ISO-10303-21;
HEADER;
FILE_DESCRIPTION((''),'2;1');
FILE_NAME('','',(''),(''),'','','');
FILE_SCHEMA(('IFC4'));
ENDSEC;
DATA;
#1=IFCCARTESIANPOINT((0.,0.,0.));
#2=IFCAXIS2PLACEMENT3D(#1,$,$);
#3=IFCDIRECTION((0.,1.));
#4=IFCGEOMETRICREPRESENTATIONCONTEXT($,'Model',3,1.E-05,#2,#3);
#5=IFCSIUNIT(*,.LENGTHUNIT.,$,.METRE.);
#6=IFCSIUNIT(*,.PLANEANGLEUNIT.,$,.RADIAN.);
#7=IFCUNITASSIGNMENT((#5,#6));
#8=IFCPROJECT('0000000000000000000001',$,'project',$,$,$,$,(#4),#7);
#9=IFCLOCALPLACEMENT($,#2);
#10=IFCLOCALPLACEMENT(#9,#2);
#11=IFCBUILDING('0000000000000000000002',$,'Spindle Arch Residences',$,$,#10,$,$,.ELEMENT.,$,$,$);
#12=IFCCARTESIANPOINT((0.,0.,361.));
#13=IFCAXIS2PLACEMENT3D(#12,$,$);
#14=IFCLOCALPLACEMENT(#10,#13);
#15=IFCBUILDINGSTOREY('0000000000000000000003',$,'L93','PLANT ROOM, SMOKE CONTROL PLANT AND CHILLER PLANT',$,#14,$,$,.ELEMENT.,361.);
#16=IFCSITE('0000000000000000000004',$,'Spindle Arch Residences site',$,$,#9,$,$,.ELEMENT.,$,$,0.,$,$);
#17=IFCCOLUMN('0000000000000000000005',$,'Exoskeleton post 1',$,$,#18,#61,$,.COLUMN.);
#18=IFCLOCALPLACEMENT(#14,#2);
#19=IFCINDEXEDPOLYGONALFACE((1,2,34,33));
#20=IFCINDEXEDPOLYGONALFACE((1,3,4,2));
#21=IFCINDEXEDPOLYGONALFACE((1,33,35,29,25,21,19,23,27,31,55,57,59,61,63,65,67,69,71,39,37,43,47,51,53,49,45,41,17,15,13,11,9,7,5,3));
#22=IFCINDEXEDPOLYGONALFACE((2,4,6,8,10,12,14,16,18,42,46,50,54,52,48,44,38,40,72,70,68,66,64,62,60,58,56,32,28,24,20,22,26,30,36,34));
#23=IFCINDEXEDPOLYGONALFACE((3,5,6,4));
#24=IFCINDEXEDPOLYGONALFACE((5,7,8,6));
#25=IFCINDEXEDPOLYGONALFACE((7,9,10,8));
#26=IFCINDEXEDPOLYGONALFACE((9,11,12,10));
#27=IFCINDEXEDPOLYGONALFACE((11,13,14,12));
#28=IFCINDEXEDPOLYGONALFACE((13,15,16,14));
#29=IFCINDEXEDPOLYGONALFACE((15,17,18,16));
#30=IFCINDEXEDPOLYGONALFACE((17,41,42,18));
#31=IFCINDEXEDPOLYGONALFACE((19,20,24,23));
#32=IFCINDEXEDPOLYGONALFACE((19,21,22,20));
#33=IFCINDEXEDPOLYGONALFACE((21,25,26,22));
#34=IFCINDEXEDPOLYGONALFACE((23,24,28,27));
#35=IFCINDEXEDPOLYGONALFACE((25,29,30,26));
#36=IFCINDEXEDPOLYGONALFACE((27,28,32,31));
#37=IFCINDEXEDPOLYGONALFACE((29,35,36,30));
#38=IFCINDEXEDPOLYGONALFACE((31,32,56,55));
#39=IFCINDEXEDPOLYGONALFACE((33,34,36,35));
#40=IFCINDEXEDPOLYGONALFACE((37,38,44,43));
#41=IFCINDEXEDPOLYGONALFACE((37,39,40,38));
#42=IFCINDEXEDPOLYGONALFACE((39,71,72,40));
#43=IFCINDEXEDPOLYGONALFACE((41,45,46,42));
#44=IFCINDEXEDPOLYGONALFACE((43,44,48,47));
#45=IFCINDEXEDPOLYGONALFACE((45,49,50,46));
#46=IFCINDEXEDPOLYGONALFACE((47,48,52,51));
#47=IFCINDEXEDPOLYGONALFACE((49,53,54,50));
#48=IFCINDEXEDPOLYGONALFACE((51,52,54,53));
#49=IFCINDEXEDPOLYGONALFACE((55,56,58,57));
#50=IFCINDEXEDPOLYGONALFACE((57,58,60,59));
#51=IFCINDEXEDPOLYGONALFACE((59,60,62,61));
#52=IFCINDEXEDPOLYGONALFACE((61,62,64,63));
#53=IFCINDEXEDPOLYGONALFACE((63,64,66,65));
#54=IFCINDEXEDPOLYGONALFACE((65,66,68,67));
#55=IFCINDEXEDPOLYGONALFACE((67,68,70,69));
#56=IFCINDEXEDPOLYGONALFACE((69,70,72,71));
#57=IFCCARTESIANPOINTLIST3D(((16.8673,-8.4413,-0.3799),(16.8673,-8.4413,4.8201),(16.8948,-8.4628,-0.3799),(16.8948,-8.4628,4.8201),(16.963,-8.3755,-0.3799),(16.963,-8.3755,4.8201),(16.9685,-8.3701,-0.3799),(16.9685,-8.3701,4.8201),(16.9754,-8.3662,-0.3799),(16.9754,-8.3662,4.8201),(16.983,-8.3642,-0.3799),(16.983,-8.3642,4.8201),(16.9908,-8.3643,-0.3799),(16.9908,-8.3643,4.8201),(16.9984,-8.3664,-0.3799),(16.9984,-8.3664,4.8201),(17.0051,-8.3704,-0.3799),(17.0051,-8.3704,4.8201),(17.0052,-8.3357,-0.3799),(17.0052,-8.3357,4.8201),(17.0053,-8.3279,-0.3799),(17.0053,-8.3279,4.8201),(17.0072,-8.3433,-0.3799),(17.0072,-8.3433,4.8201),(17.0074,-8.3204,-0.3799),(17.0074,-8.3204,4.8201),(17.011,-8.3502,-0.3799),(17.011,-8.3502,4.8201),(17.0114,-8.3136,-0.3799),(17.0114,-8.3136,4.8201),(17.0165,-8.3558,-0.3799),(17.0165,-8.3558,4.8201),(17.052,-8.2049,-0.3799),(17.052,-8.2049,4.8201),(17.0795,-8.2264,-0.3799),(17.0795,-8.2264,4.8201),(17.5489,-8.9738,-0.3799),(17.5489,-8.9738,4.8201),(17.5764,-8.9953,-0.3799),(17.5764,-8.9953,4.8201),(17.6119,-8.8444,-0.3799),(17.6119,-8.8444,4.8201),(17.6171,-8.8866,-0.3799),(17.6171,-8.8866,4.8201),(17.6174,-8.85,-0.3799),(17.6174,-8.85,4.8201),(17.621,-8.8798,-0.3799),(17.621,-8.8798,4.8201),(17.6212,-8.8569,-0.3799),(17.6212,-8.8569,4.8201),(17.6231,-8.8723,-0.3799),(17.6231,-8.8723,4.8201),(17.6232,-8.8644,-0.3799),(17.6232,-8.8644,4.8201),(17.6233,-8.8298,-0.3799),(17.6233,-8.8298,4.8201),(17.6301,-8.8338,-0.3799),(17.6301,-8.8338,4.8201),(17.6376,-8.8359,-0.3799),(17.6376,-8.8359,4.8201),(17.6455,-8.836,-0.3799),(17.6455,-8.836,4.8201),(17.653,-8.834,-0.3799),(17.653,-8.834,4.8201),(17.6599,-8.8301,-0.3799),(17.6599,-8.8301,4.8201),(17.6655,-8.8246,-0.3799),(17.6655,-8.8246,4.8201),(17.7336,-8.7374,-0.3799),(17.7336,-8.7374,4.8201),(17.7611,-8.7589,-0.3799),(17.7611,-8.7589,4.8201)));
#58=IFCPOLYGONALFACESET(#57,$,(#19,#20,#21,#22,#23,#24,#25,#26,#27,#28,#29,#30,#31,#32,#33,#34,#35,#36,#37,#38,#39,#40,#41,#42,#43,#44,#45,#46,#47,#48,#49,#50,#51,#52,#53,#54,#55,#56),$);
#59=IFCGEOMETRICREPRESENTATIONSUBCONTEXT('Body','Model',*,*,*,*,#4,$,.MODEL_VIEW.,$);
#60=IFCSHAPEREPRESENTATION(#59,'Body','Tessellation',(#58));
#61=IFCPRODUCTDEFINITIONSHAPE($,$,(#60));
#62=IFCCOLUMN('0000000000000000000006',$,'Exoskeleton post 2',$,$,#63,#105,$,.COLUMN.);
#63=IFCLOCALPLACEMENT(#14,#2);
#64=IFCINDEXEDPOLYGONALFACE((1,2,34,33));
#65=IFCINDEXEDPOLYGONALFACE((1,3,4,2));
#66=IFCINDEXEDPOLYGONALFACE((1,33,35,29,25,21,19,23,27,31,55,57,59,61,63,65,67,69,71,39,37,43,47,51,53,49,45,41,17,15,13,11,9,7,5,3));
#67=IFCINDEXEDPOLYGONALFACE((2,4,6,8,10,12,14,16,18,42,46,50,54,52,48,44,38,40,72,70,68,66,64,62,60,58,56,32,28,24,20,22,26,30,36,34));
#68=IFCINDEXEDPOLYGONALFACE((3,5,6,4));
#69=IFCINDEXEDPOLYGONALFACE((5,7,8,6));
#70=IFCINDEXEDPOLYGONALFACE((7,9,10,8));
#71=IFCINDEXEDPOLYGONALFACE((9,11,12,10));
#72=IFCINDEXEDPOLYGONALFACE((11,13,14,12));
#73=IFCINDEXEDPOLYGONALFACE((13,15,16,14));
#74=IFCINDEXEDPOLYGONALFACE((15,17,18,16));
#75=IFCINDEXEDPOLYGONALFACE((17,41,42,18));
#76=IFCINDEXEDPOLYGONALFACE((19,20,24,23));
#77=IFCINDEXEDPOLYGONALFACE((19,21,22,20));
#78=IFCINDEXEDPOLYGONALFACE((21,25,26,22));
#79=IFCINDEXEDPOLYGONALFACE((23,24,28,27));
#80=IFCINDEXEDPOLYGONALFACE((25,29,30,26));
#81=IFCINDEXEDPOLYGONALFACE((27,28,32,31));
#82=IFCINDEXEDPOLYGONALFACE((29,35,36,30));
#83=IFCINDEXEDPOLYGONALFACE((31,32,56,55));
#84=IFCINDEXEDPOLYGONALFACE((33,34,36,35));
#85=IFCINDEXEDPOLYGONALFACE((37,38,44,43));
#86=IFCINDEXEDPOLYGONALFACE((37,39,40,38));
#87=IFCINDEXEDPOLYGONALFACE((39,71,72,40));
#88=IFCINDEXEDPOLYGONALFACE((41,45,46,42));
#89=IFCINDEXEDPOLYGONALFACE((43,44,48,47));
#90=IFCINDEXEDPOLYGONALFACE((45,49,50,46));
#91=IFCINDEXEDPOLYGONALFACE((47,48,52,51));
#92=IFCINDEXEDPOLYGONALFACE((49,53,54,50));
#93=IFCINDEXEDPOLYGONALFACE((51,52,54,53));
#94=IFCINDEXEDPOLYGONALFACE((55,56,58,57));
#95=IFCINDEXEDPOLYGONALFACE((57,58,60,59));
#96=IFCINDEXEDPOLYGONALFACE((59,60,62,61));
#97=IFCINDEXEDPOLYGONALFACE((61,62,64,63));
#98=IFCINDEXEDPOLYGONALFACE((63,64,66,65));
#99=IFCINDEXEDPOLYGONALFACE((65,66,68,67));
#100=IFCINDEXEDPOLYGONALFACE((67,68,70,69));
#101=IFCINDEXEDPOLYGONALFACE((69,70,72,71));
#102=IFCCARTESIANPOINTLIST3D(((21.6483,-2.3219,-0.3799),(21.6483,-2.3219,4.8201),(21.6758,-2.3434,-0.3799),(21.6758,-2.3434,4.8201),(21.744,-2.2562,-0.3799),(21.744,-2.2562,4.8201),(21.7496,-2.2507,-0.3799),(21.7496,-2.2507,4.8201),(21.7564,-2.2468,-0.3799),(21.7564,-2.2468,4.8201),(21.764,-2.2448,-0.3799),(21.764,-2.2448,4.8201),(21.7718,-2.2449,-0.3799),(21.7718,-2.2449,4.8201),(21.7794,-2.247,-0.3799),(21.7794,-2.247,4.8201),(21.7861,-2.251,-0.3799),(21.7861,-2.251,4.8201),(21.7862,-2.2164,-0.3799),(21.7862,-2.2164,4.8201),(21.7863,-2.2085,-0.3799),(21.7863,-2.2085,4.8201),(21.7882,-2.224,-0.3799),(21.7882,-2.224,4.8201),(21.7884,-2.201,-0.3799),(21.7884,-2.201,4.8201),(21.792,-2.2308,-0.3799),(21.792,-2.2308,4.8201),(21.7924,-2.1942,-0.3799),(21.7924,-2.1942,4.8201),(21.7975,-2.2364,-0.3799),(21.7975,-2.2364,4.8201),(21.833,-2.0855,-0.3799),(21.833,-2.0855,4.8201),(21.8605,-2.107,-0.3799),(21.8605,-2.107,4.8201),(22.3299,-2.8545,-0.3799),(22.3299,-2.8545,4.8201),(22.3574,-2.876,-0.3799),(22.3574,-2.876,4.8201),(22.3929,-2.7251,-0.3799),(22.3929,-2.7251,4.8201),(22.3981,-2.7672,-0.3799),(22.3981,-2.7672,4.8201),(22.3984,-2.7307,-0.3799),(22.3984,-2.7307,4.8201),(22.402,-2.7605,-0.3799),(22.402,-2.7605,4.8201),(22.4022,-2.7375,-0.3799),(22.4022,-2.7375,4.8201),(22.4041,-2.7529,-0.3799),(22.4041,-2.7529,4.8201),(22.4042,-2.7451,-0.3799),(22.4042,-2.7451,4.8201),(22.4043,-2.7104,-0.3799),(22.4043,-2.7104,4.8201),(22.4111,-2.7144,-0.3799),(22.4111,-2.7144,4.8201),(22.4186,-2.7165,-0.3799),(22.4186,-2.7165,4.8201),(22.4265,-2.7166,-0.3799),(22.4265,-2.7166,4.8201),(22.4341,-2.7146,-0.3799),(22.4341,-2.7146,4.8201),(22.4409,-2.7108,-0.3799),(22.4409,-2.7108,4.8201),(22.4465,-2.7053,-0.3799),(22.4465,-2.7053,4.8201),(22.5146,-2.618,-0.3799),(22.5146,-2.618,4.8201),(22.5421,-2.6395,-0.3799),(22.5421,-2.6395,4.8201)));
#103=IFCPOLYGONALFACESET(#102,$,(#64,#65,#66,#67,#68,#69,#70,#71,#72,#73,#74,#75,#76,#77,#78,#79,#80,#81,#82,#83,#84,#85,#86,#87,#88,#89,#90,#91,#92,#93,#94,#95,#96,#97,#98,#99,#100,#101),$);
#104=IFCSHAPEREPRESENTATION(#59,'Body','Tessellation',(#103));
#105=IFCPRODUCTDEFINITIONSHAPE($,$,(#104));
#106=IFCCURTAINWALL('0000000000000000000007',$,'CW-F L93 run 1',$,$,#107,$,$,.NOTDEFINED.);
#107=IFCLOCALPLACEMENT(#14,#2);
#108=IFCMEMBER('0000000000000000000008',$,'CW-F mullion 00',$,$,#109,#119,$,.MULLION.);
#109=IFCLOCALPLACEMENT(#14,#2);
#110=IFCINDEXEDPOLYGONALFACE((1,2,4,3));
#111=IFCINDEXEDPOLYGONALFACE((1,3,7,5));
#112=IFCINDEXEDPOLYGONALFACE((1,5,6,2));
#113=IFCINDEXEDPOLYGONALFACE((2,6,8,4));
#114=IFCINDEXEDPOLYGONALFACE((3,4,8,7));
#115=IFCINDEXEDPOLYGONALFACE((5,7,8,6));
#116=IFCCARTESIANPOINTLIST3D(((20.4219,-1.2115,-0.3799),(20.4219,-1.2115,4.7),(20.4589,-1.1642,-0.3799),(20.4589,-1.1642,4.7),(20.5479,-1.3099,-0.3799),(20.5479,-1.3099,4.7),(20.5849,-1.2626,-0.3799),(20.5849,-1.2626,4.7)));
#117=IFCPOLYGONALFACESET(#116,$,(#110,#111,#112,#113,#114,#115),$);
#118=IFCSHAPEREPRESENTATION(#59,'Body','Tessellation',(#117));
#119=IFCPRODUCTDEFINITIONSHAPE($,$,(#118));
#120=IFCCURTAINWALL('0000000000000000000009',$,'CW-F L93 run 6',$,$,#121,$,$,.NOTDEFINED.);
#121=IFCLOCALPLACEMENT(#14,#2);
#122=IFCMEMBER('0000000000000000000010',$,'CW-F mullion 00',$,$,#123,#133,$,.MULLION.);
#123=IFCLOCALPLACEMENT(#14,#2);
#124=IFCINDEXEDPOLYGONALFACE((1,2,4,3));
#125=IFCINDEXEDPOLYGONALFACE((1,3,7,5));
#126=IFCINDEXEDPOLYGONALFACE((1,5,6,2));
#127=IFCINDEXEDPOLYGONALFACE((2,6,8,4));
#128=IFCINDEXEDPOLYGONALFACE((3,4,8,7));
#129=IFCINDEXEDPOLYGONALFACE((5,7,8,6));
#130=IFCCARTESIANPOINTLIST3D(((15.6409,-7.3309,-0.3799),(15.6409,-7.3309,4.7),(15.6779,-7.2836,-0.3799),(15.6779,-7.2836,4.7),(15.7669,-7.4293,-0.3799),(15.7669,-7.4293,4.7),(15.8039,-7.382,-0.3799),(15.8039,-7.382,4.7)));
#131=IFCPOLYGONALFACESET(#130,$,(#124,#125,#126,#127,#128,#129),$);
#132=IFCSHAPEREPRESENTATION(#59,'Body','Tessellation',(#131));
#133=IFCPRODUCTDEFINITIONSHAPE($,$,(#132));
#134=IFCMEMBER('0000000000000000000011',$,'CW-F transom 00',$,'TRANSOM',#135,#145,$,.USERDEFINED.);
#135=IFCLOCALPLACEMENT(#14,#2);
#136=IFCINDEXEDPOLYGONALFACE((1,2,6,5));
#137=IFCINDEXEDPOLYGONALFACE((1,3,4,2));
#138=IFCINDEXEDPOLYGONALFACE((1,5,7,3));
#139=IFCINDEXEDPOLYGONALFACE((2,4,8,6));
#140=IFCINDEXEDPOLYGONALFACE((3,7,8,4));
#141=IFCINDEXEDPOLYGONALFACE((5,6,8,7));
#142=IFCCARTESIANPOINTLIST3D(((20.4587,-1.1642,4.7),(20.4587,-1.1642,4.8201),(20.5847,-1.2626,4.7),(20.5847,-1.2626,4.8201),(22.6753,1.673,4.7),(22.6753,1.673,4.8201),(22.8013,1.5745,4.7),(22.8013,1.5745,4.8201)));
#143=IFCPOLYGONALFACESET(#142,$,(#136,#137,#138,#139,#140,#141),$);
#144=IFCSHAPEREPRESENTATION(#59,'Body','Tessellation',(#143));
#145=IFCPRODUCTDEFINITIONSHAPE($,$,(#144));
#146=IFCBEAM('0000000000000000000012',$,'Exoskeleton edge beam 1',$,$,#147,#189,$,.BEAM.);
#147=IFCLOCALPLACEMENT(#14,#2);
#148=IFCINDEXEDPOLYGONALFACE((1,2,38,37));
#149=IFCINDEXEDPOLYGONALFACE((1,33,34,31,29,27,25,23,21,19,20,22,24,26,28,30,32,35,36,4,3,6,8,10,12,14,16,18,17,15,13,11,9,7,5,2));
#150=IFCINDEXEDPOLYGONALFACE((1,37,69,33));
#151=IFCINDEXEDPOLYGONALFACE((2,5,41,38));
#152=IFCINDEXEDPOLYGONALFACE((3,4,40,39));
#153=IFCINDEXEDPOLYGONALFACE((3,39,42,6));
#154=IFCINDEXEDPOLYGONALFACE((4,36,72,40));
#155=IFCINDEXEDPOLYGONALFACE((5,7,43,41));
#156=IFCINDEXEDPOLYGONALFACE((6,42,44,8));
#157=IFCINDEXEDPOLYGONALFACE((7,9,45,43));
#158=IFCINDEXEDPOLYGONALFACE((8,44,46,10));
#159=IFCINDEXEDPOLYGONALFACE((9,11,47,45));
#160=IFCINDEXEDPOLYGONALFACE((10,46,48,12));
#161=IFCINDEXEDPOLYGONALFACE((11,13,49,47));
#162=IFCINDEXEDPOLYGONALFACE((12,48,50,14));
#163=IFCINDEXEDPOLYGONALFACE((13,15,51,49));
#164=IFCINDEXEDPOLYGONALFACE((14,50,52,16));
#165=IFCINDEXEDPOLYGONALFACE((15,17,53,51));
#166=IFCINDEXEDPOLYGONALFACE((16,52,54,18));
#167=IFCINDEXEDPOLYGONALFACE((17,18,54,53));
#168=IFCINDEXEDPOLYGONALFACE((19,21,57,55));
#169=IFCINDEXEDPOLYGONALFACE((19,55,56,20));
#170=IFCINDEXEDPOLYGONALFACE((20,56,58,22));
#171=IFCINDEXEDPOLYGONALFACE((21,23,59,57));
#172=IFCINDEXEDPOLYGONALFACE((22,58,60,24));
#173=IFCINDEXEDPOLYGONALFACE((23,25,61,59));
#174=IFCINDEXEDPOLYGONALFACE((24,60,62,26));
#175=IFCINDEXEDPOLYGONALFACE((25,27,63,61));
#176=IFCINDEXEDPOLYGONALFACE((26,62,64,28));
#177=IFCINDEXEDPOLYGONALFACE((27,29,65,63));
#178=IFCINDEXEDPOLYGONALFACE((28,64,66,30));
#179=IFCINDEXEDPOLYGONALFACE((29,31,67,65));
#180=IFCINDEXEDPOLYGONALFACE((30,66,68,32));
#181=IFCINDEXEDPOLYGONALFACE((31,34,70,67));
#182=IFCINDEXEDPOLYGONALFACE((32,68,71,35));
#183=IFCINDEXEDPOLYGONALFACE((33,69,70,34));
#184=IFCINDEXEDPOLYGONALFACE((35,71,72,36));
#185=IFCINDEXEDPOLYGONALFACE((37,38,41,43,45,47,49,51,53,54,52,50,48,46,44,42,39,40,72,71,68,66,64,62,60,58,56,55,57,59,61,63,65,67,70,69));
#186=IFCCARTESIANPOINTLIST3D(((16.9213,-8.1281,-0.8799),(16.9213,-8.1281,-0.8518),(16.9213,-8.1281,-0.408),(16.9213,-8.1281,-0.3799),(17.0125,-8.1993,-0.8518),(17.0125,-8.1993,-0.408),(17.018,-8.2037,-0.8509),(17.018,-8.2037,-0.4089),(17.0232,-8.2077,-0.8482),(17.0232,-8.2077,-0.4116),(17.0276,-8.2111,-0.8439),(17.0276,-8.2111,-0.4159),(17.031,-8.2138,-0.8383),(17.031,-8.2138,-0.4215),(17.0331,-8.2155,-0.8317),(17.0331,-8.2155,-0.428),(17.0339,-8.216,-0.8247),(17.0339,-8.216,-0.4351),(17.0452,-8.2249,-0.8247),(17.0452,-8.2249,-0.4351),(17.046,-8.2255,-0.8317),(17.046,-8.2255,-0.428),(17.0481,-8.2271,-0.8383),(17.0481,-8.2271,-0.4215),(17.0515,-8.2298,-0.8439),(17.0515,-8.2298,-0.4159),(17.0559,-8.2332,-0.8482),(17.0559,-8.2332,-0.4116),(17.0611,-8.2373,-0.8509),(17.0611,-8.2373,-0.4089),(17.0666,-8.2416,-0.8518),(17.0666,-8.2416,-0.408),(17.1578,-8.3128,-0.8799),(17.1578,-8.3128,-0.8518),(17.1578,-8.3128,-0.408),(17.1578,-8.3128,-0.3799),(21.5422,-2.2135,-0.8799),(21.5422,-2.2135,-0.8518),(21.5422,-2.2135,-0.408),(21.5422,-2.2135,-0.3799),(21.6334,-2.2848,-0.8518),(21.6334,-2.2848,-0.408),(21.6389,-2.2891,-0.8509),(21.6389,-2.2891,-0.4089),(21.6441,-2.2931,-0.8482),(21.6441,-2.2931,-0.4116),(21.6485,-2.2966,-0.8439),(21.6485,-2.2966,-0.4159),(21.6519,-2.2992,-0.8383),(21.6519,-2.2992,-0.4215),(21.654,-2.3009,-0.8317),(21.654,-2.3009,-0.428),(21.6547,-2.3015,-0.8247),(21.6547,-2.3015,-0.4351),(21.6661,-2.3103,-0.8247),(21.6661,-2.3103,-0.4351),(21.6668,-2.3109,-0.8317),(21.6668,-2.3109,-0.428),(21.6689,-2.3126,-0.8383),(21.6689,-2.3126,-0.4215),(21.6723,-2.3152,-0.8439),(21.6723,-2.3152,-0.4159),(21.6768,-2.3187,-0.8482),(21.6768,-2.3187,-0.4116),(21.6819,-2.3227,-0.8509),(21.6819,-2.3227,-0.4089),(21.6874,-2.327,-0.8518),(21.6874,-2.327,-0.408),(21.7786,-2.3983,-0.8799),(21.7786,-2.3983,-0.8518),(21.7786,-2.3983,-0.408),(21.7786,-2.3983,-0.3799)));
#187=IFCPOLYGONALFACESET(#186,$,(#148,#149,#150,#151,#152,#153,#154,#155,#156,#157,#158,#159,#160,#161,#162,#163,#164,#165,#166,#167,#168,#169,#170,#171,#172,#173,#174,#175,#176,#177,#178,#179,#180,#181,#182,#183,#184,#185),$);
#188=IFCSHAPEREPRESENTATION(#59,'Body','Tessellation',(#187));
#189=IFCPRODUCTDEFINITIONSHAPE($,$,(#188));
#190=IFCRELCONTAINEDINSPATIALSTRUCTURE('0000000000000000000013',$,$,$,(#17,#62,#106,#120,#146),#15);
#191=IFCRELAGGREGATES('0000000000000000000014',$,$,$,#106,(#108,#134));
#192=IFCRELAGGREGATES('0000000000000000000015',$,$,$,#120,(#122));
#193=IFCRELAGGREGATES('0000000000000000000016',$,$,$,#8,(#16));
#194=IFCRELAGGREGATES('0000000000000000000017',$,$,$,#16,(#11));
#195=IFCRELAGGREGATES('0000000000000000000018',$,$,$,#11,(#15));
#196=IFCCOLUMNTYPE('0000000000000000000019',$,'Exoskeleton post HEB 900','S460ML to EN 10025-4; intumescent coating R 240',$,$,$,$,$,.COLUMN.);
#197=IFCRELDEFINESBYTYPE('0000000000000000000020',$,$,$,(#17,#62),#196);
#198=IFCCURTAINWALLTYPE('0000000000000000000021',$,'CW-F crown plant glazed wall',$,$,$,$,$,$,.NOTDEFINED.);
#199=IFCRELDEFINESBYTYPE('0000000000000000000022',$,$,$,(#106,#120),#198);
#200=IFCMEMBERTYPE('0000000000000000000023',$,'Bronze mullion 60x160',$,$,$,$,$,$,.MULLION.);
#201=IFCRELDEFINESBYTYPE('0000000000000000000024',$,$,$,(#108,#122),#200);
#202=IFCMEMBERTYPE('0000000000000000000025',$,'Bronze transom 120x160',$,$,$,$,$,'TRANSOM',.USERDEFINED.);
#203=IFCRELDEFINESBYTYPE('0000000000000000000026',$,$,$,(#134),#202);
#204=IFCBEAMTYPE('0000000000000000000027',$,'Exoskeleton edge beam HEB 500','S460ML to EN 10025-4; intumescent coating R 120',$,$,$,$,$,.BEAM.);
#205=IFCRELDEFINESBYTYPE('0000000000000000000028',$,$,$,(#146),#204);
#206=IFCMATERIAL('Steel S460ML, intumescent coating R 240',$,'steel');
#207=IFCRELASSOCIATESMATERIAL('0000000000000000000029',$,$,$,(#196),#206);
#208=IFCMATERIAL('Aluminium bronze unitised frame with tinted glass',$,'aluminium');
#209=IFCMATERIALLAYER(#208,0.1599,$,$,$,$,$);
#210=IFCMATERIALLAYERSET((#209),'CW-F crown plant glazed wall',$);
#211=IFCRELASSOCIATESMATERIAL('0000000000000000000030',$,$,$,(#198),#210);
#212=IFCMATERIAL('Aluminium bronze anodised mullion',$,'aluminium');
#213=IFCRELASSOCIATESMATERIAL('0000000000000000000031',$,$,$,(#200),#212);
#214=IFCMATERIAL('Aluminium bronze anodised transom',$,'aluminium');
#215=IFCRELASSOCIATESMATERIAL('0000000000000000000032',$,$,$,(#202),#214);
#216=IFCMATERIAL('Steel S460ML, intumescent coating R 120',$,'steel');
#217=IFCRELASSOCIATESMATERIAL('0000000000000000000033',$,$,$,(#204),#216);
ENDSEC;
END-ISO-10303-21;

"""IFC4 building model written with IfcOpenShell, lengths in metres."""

from ifc_helpers import new_model, si_unit, direction, frame, origin, origin_2d, place, context, subcontext, project, spatial, rectangle, i_section, extrude, material, layer, layer_set, material_profile, profile_set, type_object, element, aggregate, save


model = new_model("IFC4")

# Units and contexts
model_context = context("Model", 3, precision=1e-05, world=origin(), true_north=direction((0.0, 1.0)))
body_context = subcontext(model_context, "Body", "Model", "MODEL_VIEW")
ifc_project = project(units=[si_unit("LENGTHUNIT", "METRE"), si_unit("PLANEANGLEUNIT", "RADIAN")], contexts=[model_context])

# Site, building, storey
site_placement = place(None, origin())
site = spatial("IfcSite", under=ifc_project, at=site_placement, Name="Spindle Arch Residences site", CompositionType="ELEMENT", RefElevation=0.0)
building_placement = place(site_placement, origin())
building = spatial("IfcBuilding", under=site, at=building_placement, Name="Spindle Arch Residences", CompositionType="ELEMENT")
storey_placement = place(building_placement, frame((0.0, 0.0, 361.0)))
storey = spatial("IfcBuildingStorey", under=building, at=storey_placement, Name="L93", Description="PLANT ROOM, SMOKE CONTROL PLANT AND CHILLER PLANT", CompositionType="ELEMENT", Elevation=361.0)

# Columns
ifc_material_1 = material(Name="Steel S460ML, intumescent coating R 240", Category="steel")
ifc_material_profile_1 = material_profile(ifc_material_1, i_section(OverallWidth=0.3, OverallDepth=0.8999, WebThickness=0.0186, FlangeThickness=0.0349, FilletRadius=0.03, at=origin_2d()), Name="HEB 900")
ifc_profile_set_1 = profile_set([ifc_material_profile_1], Name="Steel S460ML, intumescent coating R 240")
column_type = type_object("IfcColumnType", Name="Exoskeleton post HEB 900", Description="S460ML to EN 10025-4; intumescent coating R 240", PredefinedType="COLUMN", material=ifc_profile_set_1)
for number, where, z_axis, x_axis, name in (
    (1, (17.3142, -8.6001, -0.3799), (0.0, 0.0, 1.0), (-0.615661, -0.788011, 0.0), "Exoskeleton post 1"),
    (2, (22.0952, -2.4807, -0.3799), (0.0, 0.0, 1.0), (-0.615661, -0.788011, 0.0), "Exoskeleton post 2"),
):
    element("IfcColumn", number, at=place(storey_placement, frame(where, z_axis=z_axis, x_axis=x_axis)), inside=storey, type_object=column_type, Name=name, PredefinedType="COLUMN", context=body_context, shape_type="SweptSolid", body=[
        extrude(i_section(OverallWidth=0.3, OverallDepth=0.8999, WebThickness=0.0186, FlangeThickness=0.0349, FilletRadius=0.03, at=origin_2d()), origin(), (0.0, 0.0, 1.0), 5.2),
    ])

# Curtain walls, members
ifc_material_2 = material(Name="Aluminium bronze unitised frame with tinted glass", Category="aluminium")
ifc_layer_1 = layer(ifc_material_2, 0.1599)
ifc_layer_set_1 = layer_set([ifc_layer_1], Name="CW-F crown plant glazed wall")
curtain_wall_type = type_object("IfcCurtainWallType", Name="CW-F crown plant glazed wall", PredefinedType="NOTDEFINED", material=ifc_layer_set_1)
curtain_wall_1_placement = place(storey_placement, origin())
curtain_wall_1 = element("IfcCurtainWall", 3, at=curtain_wall_1_placement, inside=storey, type_object=curtain_wall_type, Name="CW-F L93 run 1", PredefinedType="NOTDEFINED")
ifc_material_3 = material(Name="Aluminium bronze anodised mullion", Category="aluminium")
ifc_material_profile_2 = material_profile(ifc_material_3, rectangle(XDim=0.1599, YDim=0.0601, at=origin_2d()), Name="MU 60x160")
ifc_profile_set_2 = profile_set([ifc_material_profile_2], Name="Aluminium bronze anodised mullion")
member_type_1 = type_object("IfcMemberType", Name="Bronze mullion 60x160", PredefinedType="MULLION", material=ifc_profile_set_2)
member_1_placement = place(storey_placement, frame((20.5034, -1.2371, -0.3799), z_axis=(0.0, 0.0, 1.0), x_axis=(-0.788011, 0.615661, 0.0)))
member_1 = element("IfcMember", 4, at=member_1_placement, type_object=member_type_1, Name="CW-F mullion 00", PredefinedType="MULLION", context=body_context, shape_type="SweptSolid", body=[
    extrude(rectangle(XDim=0.1599, YDim=0.0601, at=origin_2d()), origin(), (0.0, 0.0, 1.0), 5.0798),
])
curtain_wall_2_placement = place(storey_placement, origin())
curtain_wall_2 = element("IfcCurtainWall", 5, at=curtain_wall_2_placement, inside=storey, type_object=curtain_wall_type, Name="CW-F L93 run 6", PredefinedType="NOTDEFINED")
member_2_placement = place(storey_placement, frame((15.7224, -7.3564, -0.3799), z_axis=(0.0, 0.0, 1.0), x_axis=(-0.788011, 0.615661, 0.0)))
member_2 = element("IfcMember", 6, at=member_2_placement, type_object=member_type_1, Name="CW-F mullion 00", PredefinedType="MULLION", context=body_context, shape_type="SweptSolid", body=[
    extrude(rectangle(XDim=0.1599, YDim=0.0601, at=origin_2d()), origin(), (0.0, 0.0, 1.0), 5.0798),
])

# Member
ifc_material_4 = material(Name="Aluminium bronze anodised transom", Category="aluminium")
ifc_material_profile_3 = material_profile(ifc_material_4, rectangle(XDim=0.1599, YDim=0.1201, at=origin_2d()), Name="TR 120x160")
ifc_profile_set_3 = profile_set([ifc_material_profile_3], Name="Aluminium bronze anodised transom")
member_type_2 = type_object("IfcMemberType", Name="Bronze transom 120x160", ElementType="TRANSOM", PredefinedType="USERDEFINED", material=ifc_profile_set_3)
member_3_placement = place(storey_placement, frame((20.5217, -1.2134, 4.76), z_axis=(0.615648, 0.788021, 0.0), x_axis=(-0.788021, 0.615648, 0.0)))
member_3 = element("IfcMember", 7, at=member_3_placement, type_object=member_type_2, Name="CW-F transom 00", ObjectType="TRANSOM", PredefinedType="USERDEFINED", context=body_context, shape_type="SweptSolid", body=[
    extrude(rectangle(XDim=0.1599, YDim=0.1201, at=origin_2d()), origin(), (0.0, 0.0, 1.0), 3.6003),
])
aggregate(curtain_wall_1, [member_1, member_3])

# Beam
ifc_material_5 = material(Name="Steel S460ML, intumescent coating R 120", Category="steel")
ifc_material_profile_4 = material_profile(ifc_material_5, i_section(OverallWidth=0.3, OverallDepth=0.5, WebThickness=0.0144, FlangeThickness=0.0281, FilletRadius=0.0271, at=origin_2d()), Name="HEB 500")
ifc_profile_set_4 = profile_set([ifc_material_profile_4], Name="Steel S460ML, intumescent coating R 120")
beam_type_1 = type_object("IfcBeamType", Name="Exoskeleton edge beam HEB 500", Description="S460ML to EN 10025-4; intumescent coating R 120", PredefinedType="BEAM", material=ifc_profile_set_4)
beam_1_placement = place(storey_placement, frame((17.0396, -8.2205, -0.6299), z_axis=(0.615653, 0.788017, 0.0), x_axis=(-0.788017, 0.615653, 0.0)))
element("IfcBeam", 8, at=beam_1_placement, inside=storey, type_object=beam_type_1, Name="Exoskeleton edge beam 1", PredefinedType="BEAM", context=body_context, shape_type="SweptSolid", body=[
    extrude(i_section(OverallWidth=0.3, OverallDepth=0.5, WebThickness=0.0144, FlangeThickness=0.0281, FilletRadius=0.0271, at=origin_2d()), origin(), (0.0, 0.0, 1.0), 7.5056),
])

aggregate(curtain_wall_2, [member_2])

save(model, "model.ifc")
